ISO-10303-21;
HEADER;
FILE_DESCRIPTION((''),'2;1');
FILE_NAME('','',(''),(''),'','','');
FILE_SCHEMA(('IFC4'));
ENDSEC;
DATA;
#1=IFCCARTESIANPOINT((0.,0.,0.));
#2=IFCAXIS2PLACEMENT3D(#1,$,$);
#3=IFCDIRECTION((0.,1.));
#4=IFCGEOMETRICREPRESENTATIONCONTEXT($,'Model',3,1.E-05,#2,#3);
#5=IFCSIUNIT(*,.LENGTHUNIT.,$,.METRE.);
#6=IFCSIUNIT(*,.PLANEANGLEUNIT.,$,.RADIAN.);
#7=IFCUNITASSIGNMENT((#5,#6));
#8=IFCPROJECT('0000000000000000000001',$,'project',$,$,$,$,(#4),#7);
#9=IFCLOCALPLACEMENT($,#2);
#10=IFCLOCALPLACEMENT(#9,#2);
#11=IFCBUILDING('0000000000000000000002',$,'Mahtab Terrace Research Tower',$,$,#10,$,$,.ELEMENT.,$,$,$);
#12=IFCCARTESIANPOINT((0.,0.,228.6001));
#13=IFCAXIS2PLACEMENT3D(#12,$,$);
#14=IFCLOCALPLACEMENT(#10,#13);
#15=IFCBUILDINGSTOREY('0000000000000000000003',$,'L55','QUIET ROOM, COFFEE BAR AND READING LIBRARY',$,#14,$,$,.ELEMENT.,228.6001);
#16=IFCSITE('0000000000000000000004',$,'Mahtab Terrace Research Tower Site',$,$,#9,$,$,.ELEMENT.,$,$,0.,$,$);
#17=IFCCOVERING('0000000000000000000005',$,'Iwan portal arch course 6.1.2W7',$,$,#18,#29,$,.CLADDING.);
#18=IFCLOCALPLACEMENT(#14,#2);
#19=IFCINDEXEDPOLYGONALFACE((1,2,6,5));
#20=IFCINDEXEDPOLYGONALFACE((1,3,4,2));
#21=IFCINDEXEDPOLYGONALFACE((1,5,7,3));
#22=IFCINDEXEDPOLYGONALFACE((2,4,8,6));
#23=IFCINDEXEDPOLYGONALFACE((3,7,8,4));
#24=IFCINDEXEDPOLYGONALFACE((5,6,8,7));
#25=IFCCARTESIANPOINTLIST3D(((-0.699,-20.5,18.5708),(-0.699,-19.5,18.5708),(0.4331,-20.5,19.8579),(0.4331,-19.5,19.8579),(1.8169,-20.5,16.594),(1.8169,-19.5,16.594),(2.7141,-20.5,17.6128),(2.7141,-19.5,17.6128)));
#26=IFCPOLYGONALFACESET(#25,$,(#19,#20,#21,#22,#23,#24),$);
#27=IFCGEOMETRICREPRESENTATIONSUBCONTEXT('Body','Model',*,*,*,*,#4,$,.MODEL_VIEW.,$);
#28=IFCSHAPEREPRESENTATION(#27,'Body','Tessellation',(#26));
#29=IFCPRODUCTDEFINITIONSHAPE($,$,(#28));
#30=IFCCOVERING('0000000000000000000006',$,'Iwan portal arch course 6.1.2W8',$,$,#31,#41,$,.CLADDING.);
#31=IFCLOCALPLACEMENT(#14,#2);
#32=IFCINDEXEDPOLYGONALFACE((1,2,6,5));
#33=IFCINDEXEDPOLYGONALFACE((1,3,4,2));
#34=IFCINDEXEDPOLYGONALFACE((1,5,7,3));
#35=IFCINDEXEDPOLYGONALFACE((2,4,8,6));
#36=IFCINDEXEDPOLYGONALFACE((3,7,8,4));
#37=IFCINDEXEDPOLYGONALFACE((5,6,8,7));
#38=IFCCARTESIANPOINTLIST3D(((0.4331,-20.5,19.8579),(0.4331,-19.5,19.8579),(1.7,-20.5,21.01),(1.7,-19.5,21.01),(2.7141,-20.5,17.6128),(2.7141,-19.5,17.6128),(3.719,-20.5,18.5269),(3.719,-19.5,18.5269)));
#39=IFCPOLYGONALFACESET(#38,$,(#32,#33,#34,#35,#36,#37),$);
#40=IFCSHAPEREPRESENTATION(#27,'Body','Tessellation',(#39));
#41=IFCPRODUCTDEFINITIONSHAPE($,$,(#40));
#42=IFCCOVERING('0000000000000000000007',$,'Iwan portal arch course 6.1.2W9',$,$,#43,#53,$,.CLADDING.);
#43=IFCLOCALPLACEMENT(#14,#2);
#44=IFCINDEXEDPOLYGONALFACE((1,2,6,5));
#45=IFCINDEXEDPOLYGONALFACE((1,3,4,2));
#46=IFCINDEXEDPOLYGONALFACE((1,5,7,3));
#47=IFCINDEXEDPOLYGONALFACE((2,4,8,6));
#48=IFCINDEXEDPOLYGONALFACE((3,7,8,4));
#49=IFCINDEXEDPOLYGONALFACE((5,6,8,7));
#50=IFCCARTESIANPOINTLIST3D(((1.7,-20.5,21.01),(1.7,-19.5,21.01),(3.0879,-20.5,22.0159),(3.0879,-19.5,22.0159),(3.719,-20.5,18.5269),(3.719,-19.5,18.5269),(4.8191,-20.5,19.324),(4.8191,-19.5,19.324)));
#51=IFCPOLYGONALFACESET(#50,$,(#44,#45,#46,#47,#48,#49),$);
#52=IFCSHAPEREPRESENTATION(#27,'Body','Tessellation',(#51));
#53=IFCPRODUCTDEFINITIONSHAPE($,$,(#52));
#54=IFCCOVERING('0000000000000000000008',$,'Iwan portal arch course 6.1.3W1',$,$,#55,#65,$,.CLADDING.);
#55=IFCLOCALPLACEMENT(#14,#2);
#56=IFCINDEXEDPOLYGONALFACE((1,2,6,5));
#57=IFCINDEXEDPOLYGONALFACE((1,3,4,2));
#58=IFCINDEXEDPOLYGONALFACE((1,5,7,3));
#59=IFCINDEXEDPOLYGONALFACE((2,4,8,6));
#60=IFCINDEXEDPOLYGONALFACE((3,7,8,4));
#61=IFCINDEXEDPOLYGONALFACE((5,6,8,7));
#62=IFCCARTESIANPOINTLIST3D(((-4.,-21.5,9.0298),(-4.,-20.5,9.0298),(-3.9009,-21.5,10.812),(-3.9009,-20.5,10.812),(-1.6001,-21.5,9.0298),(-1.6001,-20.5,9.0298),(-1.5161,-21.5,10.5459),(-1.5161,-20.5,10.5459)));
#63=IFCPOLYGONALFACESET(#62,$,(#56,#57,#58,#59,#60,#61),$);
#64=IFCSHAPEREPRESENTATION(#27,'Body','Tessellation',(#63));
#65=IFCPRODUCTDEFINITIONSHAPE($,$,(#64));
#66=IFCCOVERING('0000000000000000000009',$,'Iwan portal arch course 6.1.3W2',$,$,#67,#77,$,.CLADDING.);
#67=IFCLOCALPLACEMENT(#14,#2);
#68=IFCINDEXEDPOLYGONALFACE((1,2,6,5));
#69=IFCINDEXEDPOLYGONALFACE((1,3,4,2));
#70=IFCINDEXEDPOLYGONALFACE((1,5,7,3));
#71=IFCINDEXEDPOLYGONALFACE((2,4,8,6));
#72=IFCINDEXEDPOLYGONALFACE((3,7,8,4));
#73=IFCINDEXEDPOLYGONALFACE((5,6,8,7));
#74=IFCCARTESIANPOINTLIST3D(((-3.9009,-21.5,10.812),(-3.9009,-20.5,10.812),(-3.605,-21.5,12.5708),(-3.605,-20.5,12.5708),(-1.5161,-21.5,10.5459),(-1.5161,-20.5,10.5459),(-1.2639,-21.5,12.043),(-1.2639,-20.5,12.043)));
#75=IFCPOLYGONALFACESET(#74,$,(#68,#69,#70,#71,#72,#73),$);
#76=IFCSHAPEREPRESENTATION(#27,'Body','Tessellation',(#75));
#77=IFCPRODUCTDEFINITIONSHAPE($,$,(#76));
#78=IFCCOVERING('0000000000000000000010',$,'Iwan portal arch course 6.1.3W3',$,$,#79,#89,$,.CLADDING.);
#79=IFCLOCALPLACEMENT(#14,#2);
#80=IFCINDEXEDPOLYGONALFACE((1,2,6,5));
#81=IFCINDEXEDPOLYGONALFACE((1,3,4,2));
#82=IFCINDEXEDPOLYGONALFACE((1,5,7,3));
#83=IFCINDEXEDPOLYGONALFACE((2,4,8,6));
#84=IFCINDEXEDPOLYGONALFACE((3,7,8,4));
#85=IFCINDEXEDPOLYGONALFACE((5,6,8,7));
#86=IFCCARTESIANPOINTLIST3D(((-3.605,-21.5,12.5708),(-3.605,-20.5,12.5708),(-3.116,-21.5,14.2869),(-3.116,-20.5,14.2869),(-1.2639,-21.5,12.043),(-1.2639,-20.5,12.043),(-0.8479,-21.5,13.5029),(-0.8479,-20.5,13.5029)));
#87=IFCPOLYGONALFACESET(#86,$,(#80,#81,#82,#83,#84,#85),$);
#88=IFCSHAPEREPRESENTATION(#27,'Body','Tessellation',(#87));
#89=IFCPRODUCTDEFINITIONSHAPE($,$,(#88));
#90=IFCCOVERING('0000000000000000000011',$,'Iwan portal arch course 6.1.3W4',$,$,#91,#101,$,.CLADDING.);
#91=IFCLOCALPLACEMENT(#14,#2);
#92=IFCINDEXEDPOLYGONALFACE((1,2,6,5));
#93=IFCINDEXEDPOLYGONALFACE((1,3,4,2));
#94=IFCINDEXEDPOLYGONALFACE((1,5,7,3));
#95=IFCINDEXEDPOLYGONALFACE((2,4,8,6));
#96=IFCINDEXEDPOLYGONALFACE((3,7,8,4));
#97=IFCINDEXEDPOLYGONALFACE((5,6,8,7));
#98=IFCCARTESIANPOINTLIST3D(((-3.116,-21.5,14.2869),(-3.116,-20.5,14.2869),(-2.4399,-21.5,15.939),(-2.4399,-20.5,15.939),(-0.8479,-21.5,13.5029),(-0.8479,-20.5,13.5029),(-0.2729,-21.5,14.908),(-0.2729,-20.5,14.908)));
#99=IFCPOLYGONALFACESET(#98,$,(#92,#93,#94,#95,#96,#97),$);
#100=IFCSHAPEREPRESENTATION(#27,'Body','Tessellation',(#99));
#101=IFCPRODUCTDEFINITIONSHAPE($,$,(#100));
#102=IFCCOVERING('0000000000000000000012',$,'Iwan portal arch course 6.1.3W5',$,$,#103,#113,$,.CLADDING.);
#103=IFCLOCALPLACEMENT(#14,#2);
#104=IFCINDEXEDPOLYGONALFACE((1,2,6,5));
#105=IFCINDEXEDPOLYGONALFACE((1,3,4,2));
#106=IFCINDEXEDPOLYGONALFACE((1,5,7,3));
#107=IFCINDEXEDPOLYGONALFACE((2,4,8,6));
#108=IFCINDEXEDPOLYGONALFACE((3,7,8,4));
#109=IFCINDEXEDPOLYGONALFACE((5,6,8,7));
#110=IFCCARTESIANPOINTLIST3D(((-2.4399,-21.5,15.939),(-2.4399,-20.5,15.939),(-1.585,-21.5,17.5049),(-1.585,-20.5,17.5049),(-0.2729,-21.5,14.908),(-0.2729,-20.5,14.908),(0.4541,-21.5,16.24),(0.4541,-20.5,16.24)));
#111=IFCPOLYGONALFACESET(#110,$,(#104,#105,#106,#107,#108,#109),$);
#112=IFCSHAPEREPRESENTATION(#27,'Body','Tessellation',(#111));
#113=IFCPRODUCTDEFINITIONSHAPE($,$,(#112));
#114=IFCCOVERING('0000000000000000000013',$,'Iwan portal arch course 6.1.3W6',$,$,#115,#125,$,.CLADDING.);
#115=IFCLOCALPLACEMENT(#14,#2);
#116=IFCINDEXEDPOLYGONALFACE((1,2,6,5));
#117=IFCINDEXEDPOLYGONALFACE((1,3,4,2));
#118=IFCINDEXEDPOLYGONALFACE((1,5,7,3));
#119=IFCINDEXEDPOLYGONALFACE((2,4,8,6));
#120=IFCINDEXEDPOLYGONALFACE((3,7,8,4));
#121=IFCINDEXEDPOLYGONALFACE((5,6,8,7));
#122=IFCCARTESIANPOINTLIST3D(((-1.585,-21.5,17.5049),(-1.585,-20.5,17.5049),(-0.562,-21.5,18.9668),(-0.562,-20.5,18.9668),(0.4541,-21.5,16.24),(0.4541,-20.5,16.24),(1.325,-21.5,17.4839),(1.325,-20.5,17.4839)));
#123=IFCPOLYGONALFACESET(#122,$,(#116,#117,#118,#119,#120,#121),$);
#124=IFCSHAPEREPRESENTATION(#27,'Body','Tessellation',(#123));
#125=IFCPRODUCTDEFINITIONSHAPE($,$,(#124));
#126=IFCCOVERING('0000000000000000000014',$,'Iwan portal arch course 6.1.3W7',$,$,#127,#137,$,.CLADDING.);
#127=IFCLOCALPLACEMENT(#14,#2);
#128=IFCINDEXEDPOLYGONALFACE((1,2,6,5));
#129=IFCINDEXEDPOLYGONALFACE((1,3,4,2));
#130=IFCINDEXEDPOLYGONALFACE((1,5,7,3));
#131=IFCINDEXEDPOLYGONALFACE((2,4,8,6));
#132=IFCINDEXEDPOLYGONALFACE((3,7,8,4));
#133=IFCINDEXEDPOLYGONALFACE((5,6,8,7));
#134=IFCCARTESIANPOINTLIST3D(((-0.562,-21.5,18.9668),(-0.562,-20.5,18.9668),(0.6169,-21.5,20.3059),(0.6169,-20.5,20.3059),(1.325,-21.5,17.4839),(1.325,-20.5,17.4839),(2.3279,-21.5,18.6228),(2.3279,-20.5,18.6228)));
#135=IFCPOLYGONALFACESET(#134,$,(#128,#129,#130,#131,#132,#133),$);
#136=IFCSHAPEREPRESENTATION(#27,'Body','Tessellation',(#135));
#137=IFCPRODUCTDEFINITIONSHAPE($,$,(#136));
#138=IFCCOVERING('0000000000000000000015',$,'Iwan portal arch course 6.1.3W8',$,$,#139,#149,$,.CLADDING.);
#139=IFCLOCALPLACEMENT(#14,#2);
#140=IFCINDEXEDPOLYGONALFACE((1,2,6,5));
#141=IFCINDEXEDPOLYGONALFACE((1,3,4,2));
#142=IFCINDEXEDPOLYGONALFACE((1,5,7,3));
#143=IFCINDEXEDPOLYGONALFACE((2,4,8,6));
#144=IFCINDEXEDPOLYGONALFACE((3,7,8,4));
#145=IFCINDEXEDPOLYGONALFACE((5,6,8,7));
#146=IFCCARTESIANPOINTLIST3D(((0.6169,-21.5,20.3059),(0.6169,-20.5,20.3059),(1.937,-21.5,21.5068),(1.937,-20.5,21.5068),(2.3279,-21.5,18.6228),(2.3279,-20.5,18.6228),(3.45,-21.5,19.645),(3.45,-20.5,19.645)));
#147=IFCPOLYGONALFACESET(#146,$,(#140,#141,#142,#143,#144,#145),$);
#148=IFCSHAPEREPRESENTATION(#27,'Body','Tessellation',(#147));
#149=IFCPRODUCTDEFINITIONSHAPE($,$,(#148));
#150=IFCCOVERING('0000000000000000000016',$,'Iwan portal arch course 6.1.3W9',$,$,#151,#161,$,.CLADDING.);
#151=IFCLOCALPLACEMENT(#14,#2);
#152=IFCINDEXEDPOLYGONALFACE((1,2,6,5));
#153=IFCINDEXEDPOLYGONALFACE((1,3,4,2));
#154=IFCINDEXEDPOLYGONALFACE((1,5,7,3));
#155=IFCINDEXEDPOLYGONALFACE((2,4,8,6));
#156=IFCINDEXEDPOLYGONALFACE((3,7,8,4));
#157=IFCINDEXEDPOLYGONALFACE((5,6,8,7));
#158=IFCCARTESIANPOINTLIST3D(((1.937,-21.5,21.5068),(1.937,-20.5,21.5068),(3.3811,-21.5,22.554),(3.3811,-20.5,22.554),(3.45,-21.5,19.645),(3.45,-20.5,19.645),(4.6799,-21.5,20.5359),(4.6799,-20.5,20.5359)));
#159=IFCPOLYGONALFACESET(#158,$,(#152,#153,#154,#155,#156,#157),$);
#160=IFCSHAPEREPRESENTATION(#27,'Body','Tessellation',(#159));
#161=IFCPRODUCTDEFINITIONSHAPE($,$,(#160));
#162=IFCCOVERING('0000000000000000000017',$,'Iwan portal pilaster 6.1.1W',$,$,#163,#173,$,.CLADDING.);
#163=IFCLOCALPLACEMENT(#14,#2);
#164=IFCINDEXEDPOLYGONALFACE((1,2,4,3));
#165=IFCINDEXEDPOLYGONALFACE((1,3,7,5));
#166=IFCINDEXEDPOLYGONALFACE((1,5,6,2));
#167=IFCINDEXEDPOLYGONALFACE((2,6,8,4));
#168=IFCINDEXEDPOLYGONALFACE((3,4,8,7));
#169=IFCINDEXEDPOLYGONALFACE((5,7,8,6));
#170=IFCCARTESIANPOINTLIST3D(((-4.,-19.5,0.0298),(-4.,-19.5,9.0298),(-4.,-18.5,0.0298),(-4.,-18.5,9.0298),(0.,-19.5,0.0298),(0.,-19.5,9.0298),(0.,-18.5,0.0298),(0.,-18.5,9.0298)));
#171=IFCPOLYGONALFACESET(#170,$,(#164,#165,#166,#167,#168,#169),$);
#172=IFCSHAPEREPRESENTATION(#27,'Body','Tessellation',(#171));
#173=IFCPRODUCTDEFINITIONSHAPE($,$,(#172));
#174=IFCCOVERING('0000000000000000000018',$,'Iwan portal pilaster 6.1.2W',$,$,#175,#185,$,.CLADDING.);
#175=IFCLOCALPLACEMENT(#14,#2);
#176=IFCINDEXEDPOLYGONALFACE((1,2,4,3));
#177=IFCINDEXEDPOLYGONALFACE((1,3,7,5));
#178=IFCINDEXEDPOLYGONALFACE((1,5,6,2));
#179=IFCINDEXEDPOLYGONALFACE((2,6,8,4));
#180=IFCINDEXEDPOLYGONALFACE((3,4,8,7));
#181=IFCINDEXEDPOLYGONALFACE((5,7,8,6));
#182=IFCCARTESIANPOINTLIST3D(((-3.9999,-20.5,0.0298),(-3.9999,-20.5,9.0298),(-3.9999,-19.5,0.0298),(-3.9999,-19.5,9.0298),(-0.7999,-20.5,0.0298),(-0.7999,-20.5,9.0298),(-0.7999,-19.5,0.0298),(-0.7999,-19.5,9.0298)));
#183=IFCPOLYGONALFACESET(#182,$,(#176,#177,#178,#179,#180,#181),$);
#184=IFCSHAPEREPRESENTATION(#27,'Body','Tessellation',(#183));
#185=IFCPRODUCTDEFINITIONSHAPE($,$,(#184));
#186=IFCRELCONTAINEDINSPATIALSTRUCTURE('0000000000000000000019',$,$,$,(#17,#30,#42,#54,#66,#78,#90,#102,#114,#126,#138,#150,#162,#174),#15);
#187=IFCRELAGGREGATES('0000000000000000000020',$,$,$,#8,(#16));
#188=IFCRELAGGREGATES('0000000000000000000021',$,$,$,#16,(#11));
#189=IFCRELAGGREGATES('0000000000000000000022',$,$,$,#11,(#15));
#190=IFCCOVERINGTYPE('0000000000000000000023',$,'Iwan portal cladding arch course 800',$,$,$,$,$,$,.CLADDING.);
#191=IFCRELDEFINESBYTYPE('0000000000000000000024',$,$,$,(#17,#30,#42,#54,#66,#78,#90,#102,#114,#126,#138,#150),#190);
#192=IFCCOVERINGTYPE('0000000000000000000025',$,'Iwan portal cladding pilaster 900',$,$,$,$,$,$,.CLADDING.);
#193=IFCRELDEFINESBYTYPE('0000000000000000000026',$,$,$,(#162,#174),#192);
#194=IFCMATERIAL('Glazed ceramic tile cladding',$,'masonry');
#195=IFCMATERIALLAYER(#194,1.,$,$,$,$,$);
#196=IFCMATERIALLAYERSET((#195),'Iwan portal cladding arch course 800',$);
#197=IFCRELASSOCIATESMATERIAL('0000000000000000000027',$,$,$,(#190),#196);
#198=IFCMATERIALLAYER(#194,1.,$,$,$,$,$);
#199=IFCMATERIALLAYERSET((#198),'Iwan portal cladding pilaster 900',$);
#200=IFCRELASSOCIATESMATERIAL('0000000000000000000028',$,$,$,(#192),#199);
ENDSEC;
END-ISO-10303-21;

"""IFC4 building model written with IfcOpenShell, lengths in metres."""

from ifc_helpers import new_model, si_unit, direction, frame, origin, origin_2d, place, context, subcontext, project, spatial, polyline, rectangle, outline, extrude, material, layer, layer_set, type_object, element, save


model = new_model("IFC4")

# Units and contexts
model_context = context("Model", 3, precision=1e-05, world=origin(), true_north=direction((0.0, 1.0)))
body_context = subcontext(model_context, "Body", "Model", "MODEL_VIEW")
ifc_project = project(units=[si_unit("LENGTHUNIT", "METRE"), si_unit("PLANEANGLEUNIT", "RADIAN")], contexts=[model_context])

# Site, building, storey
site_placement = place(None, origin())
site = spatial("IfcSite", under=ifc_project, at=site_placement, Name="Mahtab Terrace Research Tower Site", CompositionType="ELEMENT", RefElevation=0.0)
building_placement = place(site_placement, origin())
building = spatial("IfcBuilding", under=site, at=building_placement, Name="Mahtab Terrace Research Tower", CompositionType="ELEMENT")
storey_placement = place(building_placement, frame((0.0, 0.0, 228.6001)))
storey = spatial("IfcBuildingStorey", under=building, at=storey_placement, Name="L55", Description="QUIET ROOM, COFFEE BAR AND READING LIBRARY", CompositionType="ELEMENT", Elevation=228.6001)

# Coverings
ifc_material_1 = material(Name="Glazed ceramic tile cladding", Category="masonry")
ifc_layer_1 = layer(ifc_material_1, 1.0)
ifc_layer_set_1 = layer_set([ifc_layer_1], Name="Iwan portal cladding arch course 800")
covering_type_1 = type_object("IfcCoveringType", Name="Iwan portal cladding arch course 800", PredefinedType="CLADDING", material=ifc_layer_set_1)
covering_1_placement = place(storey_placement, frame((-0.699, -19.5, 18.5708), z_axis=(0.0, 1.0, 0.0), x_axis=(0.660438, 0.0, 0.75088)))
element("IfcCovering", 1, at=covering_1_placement, inside=storey, type_object=covering_type_1, Name="Iwan portal arch course 6.1.2W7", PredefinedType="CLADDING", context=body_context, shape_type="SweptSolid", body=[
    extrude(outline(polyline([(0.0, 0.0), (1.7141, 0.0), (1.5348, 3.1955), (0.1772, 3.1947), (0.0, 0.0)])), origin(), (0.0, 0.0, -1.0), 1.0),
])
covering_2_placement = place(storey_placement, frame((0.4331, -19.5, 19.8579), z_axis=(0.0, 1.0, 0.0), x_axis=(0.739817, 0.0, 0.672808)))
element("IfcCovering", 2, at=covering_2_placement, inside=storey, type_object=covering_type_1, Name="Iwan portal arch course 6.1.2W8", PredefinedType="CLADDING", context=body_context, shape_type="SweptSolid", body=[
    extrude(outline(polyline([(0.0, 0.0), (1.7124, 0.0), (1.5354, 3.1955), (0.177, 3.1957), (0.0, 0.0)])), origin(), (0.0, 0.0, -1.0), 1.0),
])
covering_3_placement = place(storey_placement, frame((1.7, -19.5, 21.01), z_axis=(0.0, 1.0, 0.0), x_axis=(0.80972, 0.0, 0.586816)))
element("IfcCovering", 3, at=covering_3_placement, inside=storey, type_object=covering_type_1, Name="Iwan portal arch course 6.1.2W9", PredefinedType="CLADDING", context=body_context, shape_type="SweptSolid", body=[
    extrude(outline(polyline([(0.0, 0.0), (1.7141, 0.0), (1.5362, 3.1956), (0.1777, 3.1955), (0.0, 0.0)])), origin(), (0.0, 0.0, -1.0), 1.0),
])
covering_4_placement = place(storey_placement, frame((-4.0, -20.5, 9.0298), z_axis=(0.0, 1.0, 0.0), x_axis=(0.055531, 0.0, 0.998457)))
element("IfcCovering", 4, at=covering_4_placement, inside=storey, type_object=covering_type_1, Name="Iwan portal arch course 6.1.3W1", PredefinedType="CLADDING", context=body_context, shape_type="SweptSolid", body=[
    extrude(outline(polyline([(0.0, 0.0), (1.785, 0.0), (1.6517, 2.3959), (0.1333, 2.3962), (0.0, 0.0)])), origin(), (0.0, 0.0, -1.0), 1.0),
])
covering_5_placement = place(storey_placement, frame((-3.9009, -20.5, 10.812), z_axis=(0.0, 1.0, 0.0), x_axis=(0.165908, 0.0, 0.986141)))
element("IfcCovering", 5, at=covering_5_placement, inside=storey, type_object=covering_type_1, Name="Iwan portal arch course 6.1.3W2", PredefinedType="CLADDING", context=body_context, shape_type="SweptSolid", body=[
    extrude(outline(polyline([(0.0, 0.0), (1.7835, 0.0), (1.6514, 2.3962), (0.1332, 2.3959), (0.0, 0.0)])), origin(), (0.0, 0.0, -1.0), 1.0),
])
covering_6_placement = place(storey_placement, frame((-3.605, -20.5, 12.5708), z_axis=(0.0, 1.0, 0.0), x_axis=(0.274052, 0.0, 0.961715)))
element("IfcCovering", 6, at=covering_6_placement, inside=storey, type_object=covering_type_1, Name="Iwan portal arch course 6.1.3W3", PredefinedType="CLADDING", context=body_context, shape_type="SweptSolid", body=[
    extrude(outline(polyline([(0.0, 0.0), (1.7844, 0.0), (1.652, 2.3961), (0.134, 2.3961), (0.0, 0.0)])), origin(), (0.0, 0.0, -1.0), 1.0),
])
covering_7_placement = place(storey_placement, frame((-3.116, -20.5, 14.2869), z_axis=(0.0, 1.0, 0.0), x_axis=(0.378713, 0.0, 0.925514)))
element("IfcCovering", 7, at=covering_7_placement, inside=storey, type_object=covering_type_1, Name="Iwan portal arch course 6.1.3W4", PredefinedType="CLADDING", context=body_context, shape_type="SweptSolid", body=[
    extrude(outline(polyline([(0.0, 0.0), (1.7851, 0.0), (1.6515, 2.396), (0.1334, 2.396), (0.0, 0.0)])), origin(), (0.0, 0.0, -1.0), 1.0),
])
covering_8_placement = place(storey_placement, frame((-2.4399, -20.5, 15.939), z_axis=(0.0, 1.0, 0.0), x_axis=(0.479216, 0.0, 0.877697)))
element("IfcCovering", 8, at=covering_8_placement, inside=storey, type_object=covering_type_1, Name="Iwan portal arch course 6.1.3W5", PredefinedType="CLADDING", context=body_context, shape_type="SweptSolid", body=[
    extrude(outline(polyline([(0.0, 0.0), (1.7841, 0.0), (1.6511, 2.3958), (0.1335, 2.396), (0.0, 0.0)])), origin(), (0.0, 0.0, -1.0), 1.0),
])
covering_9_placement = place(storey_placement, frame((-1.585, -20.5, 17.5049), z_axis=(0.0, 1.0, 0.0), x_axis=(0.573315, 0.0, 0.819335)))
element("IfcCovering", 9, at=covering_9_placement, inside=storey, type_object=covering_type_1, Name="Iwan portal arch course 6.1.3W6", PredefinedType="CLADDING", context=body_context, shape_type="SweptSolid", body=[
    extrude(outline(polyline([(0.0, 0.0), (1.7843, 0.0), (1.6511, 2.3962), (0.1327, 2.3959), (0.0, 0.0)])), origin(), (0.0, 0.0, -1.0), 1.0),
])
covering_10_placement = place(storey_placement, frame((-0.562, -20.5, 18.9668), z_axis=(0.0, 1.0, 0.0), x_axis=(0.660798, 0.0, 0.750564)))
element("IfcCovering", 10, at=covering_10_placement, inside=storey, type_object=covering_type_1, Name="Iwan portal arch course 6.1.3W7", PredefinedType="CLADDING", context=body_context, shape_type="SweptSolid", body=[
    extrude(outline(polyline([(0.0, 0.0), (1.7841, 0.0), (1.6514, 2.3964), (0.1339, 2.3962), (0.0, 0.0)])), origin(), (0.0, 0.0, -1.0), 1.0),
])
covering_11_placement = place(storey_placement, frame((0.6169, -20.5, 20.3059), z_axis=(0.0, 1.0, 0.0), x_axis=(0.739699, 0.0, 0.672938)))
element("IfcCovering", 11, at=covering_11_placement, inside=storey, type_object=covering_type_1, Name="Iwan portal arch course 6.1.3W8", PredefinedType="CLADDING", context=body_context, shape_type="SweptSolid", body=[
    extrude(outline(polyline([(0.0, 0.0), (1.7846, 0.0), (1.6508, 2.3953), (0.133, 2.3963), (0.0, 0.0)])), origin(), (0.0, 0.0, -1.0), 1.0),
])
covering_12_placement = place(storey_placement, frame((1.937, -20.5, 21.5068), z_axis=(0.0, 1.0, 0.0), x_axis=(0.80957, 0.0, 0.587024)))
element("IfcCovering", 12, at=covering_12_placement, inside=storey, type_object=covering_type_1, Name="Iwan portal arch course 6.1.3W9", PredefinedType="CLADDING", context=body_context, shape_type="SweptSolid", body=[
    extrude(outline(polyline([(0.0, 0.0), (1.7838, 0.0), (1.6506, 2.3962), (0.1319, 2.3954), (0.0, 0.0)])), origin(), (0.0, 0.0, -1.0), 1.0),
])
ifc_layer_2 = layer(ifc_material_1, 1.0)
ifc_layer_set_2 = layer_set([ifc_layer_2], Name="Iwan portal cladding pilaster 900")
covering_type_2 = type_object("IfcCoveringType", Name="Iwan portal cladding pilaster 900", PredefinedType="CLADDING", material=ifc_layer_set_2)
covering_13_placement = place(storey_placement, frame((-2.0, -19.0, 0.0298), z_axis=(0.0, 0.0, 1.0), x_axis=(1.0, 0.0, 0.0)))
element("IfcCovering", 13, at=covering_13_placement, inside=storey, type_object=covering_type_2, Name="Iwan portal pilaster 6.1.1W", PredefinedType="CLADDING", context=body_context, shape_type="SweptSolid", body=[
    extrude(rectangle(XDim=4.0, YDim=1.0, at=origin_2d()), origin(), (0.0, 0.0, 1.0), 9.0),
])
covering_14_placement = place(storey_placement, frame((-2.3999, -20.0, 0.0298), z_axis=(0.0, 0.0, 1.0), x_axis=(1.0, 0.0, 0.0)))
element("IfcCovering", 14, at=covering_14_placement, inside=storey, type_object=covering_type_2, Name="Iwan portal pilaster 6.1.2W", PredefinedType="CLADDING", context=body_context, shape_type="SweptSolid", body=[
    extrude(rectangle(XDim=3.2, YDim=1.0, at=origin_2d()), origin(), (0.0, 0.0, 1.0), 9.0),
])

save(model, "model.ifc")
